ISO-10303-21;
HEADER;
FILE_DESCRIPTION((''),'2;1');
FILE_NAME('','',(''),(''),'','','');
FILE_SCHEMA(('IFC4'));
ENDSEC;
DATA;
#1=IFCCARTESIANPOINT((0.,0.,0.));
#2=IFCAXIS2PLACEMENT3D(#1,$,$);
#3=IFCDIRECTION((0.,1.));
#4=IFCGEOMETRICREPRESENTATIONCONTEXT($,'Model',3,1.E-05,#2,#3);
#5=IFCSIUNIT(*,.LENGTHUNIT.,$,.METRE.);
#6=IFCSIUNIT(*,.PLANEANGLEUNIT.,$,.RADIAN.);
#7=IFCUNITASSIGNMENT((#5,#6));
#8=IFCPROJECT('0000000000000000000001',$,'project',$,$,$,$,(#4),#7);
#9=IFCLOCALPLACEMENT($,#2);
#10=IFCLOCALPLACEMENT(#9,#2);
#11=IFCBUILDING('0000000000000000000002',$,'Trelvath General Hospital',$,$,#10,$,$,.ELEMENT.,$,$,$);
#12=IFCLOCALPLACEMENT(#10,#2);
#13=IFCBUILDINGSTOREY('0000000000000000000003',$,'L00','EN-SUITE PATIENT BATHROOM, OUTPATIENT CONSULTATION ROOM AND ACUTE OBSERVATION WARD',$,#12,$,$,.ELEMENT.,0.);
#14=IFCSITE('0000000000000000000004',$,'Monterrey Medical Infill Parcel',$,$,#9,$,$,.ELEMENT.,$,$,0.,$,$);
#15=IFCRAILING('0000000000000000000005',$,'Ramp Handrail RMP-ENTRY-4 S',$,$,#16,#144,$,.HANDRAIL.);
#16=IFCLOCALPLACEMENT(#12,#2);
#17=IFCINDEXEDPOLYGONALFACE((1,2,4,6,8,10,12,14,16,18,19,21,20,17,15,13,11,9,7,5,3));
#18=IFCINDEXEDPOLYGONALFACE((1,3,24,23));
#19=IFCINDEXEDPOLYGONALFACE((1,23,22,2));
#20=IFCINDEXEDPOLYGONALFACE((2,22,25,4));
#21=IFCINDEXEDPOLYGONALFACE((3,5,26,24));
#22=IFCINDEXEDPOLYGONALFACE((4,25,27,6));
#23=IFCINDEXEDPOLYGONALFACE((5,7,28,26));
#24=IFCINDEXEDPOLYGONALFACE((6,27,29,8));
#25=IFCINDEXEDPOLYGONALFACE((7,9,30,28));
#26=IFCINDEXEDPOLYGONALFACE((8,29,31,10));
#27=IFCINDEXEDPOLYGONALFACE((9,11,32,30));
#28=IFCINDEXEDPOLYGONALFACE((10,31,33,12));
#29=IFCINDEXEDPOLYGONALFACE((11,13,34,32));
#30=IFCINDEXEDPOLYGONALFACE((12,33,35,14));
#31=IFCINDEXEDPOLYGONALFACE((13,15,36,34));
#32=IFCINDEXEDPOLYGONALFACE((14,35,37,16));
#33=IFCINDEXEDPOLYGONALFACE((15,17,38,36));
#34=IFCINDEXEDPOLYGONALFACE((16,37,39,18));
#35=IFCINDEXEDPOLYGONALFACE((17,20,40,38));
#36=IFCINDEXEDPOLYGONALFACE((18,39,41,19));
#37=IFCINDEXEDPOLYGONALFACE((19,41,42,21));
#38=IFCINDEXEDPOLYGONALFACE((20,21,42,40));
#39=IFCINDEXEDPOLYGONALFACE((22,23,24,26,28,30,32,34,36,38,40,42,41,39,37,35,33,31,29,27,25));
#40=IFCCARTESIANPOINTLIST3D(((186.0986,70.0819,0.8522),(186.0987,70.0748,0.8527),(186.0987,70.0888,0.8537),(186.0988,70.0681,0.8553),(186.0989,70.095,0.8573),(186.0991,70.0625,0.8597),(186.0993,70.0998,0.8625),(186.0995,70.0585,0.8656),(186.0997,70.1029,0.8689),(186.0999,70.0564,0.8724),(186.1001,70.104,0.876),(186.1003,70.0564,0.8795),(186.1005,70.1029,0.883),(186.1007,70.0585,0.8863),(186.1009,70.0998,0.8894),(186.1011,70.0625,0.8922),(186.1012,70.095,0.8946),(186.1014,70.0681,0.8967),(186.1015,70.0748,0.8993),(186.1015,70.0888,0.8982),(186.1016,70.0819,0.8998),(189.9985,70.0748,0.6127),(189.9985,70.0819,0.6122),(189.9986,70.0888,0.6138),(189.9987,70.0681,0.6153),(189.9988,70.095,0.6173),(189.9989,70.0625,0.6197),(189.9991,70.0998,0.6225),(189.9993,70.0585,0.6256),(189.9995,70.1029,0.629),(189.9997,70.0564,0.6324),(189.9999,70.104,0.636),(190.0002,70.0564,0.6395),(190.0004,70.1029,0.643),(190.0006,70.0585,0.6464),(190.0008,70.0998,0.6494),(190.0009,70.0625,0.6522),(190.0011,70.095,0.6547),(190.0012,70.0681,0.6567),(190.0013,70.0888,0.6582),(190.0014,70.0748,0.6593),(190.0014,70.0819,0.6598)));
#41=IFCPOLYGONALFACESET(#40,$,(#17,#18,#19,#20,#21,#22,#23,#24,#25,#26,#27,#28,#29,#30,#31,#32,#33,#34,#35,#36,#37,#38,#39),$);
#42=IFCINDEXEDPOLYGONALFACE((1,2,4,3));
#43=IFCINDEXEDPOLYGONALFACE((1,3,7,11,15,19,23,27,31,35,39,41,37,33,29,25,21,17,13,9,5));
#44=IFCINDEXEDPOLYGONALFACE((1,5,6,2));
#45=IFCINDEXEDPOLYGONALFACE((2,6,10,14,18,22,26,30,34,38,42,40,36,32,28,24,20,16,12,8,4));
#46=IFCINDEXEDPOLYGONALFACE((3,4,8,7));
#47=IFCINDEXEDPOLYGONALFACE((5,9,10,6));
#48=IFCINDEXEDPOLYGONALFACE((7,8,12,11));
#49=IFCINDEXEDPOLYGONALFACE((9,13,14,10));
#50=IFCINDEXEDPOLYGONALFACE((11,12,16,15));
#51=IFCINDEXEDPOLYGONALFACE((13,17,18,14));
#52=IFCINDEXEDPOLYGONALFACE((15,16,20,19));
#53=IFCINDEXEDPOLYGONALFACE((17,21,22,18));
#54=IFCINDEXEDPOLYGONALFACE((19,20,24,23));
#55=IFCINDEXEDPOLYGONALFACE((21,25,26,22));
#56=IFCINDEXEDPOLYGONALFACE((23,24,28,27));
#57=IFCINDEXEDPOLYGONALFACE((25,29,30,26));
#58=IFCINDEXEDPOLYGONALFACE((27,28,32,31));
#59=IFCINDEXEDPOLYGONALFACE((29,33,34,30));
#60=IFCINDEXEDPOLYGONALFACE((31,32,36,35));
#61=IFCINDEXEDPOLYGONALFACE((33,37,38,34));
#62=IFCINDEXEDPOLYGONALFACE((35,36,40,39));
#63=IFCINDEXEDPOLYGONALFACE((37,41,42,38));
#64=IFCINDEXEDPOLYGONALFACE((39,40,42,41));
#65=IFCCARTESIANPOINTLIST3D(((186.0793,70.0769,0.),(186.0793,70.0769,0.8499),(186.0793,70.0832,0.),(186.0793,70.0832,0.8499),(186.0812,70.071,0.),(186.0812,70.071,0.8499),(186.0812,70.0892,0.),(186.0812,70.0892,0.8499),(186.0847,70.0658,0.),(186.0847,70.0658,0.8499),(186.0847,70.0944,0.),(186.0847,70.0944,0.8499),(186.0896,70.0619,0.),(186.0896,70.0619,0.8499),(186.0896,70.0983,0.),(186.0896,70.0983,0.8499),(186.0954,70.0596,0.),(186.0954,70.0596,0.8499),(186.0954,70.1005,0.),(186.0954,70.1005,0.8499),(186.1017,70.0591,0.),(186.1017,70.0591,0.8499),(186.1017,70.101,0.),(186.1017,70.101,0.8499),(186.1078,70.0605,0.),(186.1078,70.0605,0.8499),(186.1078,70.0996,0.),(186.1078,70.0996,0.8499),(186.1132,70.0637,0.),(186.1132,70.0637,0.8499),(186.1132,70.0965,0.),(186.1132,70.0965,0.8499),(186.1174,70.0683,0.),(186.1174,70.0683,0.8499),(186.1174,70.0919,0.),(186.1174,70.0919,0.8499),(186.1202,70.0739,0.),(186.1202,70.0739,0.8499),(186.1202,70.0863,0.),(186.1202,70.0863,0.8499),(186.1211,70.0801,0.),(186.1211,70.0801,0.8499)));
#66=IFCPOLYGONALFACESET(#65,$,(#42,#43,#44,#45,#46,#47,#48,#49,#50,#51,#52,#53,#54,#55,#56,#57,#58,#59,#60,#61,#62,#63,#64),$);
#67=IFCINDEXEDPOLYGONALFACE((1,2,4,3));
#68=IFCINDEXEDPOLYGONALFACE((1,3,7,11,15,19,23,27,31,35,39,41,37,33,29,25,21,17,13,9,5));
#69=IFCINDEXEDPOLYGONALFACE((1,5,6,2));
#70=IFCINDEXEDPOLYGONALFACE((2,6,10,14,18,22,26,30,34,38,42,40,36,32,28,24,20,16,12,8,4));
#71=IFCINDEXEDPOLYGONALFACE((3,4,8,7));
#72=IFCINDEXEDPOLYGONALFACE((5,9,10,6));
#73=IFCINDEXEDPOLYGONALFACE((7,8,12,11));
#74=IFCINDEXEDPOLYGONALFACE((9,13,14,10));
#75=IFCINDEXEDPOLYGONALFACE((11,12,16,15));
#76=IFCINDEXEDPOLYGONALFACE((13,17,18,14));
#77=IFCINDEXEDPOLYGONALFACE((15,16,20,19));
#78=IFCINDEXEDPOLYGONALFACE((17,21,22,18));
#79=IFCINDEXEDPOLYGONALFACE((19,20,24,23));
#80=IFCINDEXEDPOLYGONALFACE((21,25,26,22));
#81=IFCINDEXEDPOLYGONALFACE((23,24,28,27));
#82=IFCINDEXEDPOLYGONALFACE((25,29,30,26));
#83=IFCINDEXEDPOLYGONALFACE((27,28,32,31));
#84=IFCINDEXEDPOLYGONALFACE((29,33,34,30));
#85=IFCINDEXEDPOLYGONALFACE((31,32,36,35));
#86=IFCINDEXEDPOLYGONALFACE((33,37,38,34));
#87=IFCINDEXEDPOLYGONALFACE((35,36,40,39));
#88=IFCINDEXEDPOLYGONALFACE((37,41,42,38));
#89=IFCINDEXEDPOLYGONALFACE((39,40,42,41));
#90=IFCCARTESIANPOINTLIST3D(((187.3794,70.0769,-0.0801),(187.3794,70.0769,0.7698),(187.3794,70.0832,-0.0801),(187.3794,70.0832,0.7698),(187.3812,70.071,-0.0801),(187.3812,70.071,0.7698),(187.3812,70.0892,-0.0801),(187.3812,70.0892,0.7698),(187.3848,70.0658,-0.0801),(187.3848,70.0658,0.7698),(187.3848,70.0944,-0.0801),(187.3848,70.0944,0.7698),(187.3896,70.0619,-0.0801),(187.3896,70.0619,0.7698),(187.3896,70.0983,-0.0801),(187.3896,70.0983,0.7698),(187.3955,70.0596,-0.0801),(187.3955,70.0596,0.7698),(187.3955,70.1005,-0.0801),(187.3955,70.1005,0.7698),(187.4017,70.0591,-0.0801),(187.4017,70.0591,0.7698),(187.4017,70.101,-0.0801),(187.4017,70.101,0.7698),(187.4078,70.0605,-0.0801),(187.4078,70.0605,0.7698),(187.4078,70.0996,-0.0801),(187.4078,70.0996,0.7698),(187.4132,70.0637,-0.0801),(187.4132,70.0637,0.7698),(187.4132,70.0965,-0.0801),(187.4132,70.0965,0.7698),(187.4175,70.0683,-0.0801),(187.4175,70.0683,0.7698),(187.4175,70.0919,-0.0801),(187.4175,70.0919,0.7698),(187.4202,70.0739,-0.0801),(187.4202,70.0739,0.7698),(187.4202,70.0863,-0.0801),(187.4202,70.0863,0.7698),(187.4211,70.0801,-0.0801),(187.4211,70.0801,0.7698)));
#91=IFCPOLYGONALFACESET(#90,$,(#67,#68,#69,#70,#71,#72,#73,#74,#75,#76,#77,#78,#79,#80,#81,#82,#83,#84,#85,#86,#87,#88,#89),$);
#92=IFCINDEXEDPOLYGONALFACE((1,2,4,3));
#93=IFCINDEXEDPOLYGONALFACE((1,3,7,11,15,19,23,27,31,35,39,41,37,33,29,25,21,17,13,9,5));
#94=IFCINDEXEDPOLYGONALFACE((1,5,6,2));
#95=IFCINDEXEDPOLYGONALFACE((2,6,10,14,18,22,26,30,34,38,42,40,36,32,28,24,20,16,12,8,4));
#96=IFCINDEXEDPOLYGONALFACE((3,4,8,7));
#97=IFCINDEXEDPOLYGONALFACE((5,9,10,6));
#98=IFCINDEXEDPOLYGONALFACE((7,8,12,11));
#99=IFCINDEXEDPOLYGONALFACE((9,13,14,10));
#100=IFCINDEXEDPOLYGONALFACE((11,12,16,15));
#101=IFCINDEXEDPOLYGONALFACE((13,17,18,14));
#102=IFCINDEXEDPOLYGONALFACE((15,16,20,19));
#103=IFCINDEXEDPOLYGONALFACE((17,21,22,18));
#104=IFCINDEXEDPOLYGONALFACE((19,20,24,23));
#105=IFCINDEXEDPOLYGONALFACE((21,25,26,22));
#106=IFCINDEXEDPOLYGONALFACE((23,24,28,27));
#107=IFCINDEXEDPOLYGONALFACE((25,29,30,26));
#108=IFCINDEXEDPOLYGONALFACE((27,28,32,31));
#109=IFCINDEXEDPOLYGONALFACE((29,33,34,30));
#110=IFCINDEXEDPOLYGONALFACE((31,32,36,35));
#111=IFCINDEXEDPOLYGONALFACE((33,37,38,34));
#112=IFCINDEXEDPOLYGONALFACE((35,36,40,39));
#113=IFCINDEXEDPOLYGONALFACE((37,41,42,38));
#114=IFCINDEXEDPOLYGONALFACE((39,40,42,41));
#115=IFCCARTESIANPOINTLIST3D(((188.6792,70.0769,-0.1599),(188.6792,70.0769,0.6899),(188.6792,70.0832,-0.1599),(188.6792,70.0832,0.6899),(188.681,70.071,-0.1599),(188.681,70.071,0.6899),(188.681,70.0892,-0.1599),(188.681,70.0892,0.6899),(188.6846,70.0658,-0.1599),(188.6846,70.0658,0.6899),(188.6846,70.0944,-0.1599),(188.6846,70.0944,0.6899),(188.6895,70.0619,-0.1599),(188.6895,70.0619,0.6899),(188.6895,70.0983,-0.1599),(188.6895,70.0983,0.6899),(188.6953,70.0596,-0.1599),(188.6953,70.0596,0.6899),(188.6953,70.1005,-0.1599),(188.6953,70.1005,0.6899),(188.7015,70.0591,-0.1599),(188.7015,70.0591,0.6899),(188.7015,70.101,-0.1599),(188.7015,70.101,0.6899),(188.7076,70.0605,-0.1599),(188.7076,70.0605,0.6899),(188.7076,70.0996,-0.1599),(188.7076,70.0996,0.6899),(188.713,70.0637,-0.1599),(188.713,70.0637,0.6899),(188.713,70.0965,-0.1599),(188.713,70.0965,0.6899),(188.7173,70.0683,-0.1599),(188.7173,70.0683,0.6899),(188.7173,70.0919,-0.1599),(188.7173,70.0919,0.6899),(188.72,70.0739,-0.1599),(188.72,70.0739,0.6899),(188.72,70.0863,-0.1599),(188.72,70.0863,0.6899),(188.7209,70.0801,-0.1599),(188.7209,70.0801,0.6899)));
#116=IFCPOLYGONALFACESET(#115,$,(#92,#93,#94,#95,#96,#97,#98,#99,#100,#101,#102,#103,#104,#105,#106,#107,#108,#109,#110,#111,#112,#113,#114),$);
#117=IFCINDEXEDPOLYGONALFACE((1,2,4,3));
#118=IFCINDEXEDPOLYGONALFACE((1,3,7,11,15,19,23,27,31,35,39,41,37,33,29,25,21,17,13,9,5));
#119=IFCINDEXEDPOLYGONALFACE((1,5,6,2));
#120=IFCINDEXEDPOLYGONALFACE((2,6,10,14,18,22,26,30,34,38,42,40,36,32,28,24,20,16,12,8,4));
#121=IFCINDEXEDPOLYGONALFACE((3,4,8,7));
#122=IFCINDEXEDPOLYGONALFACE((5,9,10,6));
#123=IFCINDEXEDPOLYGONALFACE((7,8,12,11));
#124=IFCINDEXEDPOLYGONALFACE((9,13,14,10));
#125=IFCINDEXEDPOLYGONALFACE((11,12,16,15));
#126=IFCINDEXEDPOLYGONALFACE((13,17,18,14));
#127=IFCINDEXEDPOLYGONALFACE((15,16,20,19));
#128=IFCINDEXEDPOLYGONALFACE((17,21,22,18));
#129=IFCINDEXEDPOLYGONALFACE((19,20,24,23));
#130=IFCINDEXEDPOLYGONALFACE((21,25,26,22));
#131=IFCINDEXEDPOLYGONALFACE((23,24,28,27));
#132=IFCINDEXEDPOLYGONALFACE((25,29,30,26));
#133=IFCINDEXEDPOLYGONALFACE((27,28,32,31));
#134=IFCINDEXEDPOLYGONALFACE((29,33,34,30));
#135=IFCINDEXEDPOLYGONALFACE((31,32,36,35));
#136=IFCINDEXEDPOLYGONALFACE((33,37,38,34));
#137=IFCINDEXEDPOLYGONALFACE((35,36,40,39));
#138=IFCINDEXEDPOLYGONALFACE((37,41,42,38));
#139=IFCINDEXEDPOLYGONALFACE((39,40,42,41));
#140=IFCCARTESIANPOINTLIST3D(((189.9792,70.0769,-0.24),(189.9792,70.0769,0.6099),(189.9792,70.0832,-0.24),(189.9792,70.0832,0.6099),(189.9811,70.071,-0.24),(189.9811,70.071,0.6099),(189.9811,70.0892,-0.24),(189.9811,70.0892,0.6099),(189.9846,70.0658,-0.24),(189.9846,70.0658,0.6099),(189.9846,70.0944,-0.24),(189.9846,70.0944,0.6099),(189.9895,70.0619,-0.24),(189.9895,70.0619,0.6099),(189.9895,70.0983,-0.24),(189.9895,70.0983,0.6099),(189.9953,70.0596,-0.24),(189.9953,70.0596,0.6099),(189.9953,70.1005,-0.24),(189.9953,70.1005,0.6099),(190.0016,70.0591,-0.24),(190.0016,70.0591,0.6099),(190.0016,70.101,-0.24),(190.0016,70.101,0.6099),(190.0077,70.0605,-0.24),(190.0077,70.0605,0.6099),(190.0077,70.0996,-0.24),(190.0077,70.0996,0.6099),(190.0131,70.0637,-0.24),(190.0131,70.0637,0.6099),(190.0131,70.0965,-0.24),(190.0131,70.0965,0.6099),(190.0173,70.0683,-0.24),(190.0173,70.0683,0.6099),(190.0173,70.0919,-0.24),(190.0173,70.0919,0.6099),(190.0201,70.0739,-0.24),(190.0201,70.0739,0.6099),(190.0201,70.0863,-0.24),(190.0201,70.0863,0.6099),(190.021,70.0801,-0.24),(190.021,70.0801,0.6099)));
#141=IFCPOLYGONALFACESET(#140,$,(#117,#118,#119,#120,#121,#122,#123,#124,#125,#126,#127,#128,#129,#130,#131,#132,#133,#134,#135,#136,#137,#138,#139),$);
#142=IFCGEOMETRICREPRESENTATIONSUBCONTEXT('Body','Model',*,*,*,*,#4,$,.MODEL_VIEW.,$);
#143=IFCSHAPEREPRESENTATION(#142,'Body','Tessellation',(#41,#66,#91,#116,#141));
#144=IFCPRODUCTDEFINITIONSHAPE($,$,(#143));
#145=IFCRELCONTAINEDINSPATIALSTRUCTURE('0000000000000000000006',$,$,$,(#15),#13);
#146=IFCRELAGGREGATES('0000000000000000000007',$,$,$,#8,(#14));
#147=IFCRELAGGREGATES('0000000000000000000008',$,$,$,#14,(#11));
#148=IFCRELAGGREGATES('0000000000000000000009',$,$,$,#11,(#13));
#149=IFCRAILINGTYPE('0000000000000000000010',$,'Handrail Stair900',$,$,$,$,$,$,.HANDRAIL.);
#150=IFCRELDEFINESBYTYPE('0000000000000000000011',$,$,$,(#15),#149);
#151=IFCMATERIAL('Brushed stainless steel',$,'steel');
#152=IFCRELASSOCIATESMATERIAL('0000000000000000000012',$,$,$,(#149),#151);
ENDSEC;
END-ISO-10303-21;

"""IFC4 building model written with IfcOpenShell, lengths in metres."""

from ifc_helpers import new_model, si_unit, direction, frame, origin, origin_2d, place, context, subcontext, project, spatial, circle, extrude, material, type_object, element, save


model = new_model("IFC4")

# Units and contexts
model_context = context("Model", 3, precision=1e-05, world=origin(), true_north=direction((0.0, 1.0)))
body_context = subcontext(model_context, "Body", "Model", "MODEL_VIEW")
ifc_project = project(units=[si_unit("LENGTHUNIT", "METRE"), si_unit("PLANEANGLEUNIT", "RADIAN")], contexts=[model_context])

# Site, building, storey
site_placement = place(None, origin())
site = spatial("IfcSite", under=ifc_project, at=site_placement, Name="Monterrey Medical Infill Parcel", CompositionType="ELEMENT", RefElevation=0.0)
building_placement = place(site_placement, origin())
building = spatial("IfcBuilding", under=site, at=building_placement, Name="Trelvath General Hospital", CompositionType="ELEMENT")
storey_placement = place(building_placement, origin())
storey = spatial("IfcBuildingStorey", under=building, at=storey_placement, Name="L00", Description="EN-SUITE PATIENT BATHROOM, OUTPATIENT CONSULTATION ROOM AND ACUTE OBSERVATION WARD", CompositionType="ELEMENT", Elevation=0.0)

# Railing
ifc_material_1 = material(Name="Brushed stainless steel", Category="steel")
railing_type = type_object("IfcRailingType", Name="Handrail Stair900", PredefinedType="HANDRAIL", material=ifc_material_1)
for number, where, name in (
    (1, (186.1001, 70.0801, 0.0), "Ramp Handrail RMP-ENTRY-4 S"),
):
    element("IfcRailing", number, at=place(storey_placement, frame(where)), inside=storey, type_object=railing_type, Name=name, PredefinedType="HANDRAIL", context=body_context, shape_type="SweptSolid", body=[
        extrude(circle(Radius=0.0239, at=origin_2d()), frame((0.0, 0.0, 0.876), z_axis=(0.998112, 0.0, -0.061421), x_axis=(0.0, 1.0, 0.0)), (0.0, 0.0, 1.0), 3.9072),
        extrude(circle(Radius=0.021, at=origin_2d()), origin(), (0.0, 0.0, 1.0), 0.8499),
        extrude(circle(Radius=0.021, at=origin_2d()), frame((1.3, 0.0, -0.0801)), (0.0, 0.0, 1.0), 0.8499),
        extrude(circle(Radius=0.021, at=origin_2d()), frame((2.5999, 0.0, -0.1599)), (0.0, 0.0, 1.0), 0.8499),
        extrude(circle(Radius=0.021, at=origin_2d()), frame((3.8999, 0.0, -0.24)), (0.0, 0.0, 1.0), 0.8499),
    ])

save(model, "model.ifc")
